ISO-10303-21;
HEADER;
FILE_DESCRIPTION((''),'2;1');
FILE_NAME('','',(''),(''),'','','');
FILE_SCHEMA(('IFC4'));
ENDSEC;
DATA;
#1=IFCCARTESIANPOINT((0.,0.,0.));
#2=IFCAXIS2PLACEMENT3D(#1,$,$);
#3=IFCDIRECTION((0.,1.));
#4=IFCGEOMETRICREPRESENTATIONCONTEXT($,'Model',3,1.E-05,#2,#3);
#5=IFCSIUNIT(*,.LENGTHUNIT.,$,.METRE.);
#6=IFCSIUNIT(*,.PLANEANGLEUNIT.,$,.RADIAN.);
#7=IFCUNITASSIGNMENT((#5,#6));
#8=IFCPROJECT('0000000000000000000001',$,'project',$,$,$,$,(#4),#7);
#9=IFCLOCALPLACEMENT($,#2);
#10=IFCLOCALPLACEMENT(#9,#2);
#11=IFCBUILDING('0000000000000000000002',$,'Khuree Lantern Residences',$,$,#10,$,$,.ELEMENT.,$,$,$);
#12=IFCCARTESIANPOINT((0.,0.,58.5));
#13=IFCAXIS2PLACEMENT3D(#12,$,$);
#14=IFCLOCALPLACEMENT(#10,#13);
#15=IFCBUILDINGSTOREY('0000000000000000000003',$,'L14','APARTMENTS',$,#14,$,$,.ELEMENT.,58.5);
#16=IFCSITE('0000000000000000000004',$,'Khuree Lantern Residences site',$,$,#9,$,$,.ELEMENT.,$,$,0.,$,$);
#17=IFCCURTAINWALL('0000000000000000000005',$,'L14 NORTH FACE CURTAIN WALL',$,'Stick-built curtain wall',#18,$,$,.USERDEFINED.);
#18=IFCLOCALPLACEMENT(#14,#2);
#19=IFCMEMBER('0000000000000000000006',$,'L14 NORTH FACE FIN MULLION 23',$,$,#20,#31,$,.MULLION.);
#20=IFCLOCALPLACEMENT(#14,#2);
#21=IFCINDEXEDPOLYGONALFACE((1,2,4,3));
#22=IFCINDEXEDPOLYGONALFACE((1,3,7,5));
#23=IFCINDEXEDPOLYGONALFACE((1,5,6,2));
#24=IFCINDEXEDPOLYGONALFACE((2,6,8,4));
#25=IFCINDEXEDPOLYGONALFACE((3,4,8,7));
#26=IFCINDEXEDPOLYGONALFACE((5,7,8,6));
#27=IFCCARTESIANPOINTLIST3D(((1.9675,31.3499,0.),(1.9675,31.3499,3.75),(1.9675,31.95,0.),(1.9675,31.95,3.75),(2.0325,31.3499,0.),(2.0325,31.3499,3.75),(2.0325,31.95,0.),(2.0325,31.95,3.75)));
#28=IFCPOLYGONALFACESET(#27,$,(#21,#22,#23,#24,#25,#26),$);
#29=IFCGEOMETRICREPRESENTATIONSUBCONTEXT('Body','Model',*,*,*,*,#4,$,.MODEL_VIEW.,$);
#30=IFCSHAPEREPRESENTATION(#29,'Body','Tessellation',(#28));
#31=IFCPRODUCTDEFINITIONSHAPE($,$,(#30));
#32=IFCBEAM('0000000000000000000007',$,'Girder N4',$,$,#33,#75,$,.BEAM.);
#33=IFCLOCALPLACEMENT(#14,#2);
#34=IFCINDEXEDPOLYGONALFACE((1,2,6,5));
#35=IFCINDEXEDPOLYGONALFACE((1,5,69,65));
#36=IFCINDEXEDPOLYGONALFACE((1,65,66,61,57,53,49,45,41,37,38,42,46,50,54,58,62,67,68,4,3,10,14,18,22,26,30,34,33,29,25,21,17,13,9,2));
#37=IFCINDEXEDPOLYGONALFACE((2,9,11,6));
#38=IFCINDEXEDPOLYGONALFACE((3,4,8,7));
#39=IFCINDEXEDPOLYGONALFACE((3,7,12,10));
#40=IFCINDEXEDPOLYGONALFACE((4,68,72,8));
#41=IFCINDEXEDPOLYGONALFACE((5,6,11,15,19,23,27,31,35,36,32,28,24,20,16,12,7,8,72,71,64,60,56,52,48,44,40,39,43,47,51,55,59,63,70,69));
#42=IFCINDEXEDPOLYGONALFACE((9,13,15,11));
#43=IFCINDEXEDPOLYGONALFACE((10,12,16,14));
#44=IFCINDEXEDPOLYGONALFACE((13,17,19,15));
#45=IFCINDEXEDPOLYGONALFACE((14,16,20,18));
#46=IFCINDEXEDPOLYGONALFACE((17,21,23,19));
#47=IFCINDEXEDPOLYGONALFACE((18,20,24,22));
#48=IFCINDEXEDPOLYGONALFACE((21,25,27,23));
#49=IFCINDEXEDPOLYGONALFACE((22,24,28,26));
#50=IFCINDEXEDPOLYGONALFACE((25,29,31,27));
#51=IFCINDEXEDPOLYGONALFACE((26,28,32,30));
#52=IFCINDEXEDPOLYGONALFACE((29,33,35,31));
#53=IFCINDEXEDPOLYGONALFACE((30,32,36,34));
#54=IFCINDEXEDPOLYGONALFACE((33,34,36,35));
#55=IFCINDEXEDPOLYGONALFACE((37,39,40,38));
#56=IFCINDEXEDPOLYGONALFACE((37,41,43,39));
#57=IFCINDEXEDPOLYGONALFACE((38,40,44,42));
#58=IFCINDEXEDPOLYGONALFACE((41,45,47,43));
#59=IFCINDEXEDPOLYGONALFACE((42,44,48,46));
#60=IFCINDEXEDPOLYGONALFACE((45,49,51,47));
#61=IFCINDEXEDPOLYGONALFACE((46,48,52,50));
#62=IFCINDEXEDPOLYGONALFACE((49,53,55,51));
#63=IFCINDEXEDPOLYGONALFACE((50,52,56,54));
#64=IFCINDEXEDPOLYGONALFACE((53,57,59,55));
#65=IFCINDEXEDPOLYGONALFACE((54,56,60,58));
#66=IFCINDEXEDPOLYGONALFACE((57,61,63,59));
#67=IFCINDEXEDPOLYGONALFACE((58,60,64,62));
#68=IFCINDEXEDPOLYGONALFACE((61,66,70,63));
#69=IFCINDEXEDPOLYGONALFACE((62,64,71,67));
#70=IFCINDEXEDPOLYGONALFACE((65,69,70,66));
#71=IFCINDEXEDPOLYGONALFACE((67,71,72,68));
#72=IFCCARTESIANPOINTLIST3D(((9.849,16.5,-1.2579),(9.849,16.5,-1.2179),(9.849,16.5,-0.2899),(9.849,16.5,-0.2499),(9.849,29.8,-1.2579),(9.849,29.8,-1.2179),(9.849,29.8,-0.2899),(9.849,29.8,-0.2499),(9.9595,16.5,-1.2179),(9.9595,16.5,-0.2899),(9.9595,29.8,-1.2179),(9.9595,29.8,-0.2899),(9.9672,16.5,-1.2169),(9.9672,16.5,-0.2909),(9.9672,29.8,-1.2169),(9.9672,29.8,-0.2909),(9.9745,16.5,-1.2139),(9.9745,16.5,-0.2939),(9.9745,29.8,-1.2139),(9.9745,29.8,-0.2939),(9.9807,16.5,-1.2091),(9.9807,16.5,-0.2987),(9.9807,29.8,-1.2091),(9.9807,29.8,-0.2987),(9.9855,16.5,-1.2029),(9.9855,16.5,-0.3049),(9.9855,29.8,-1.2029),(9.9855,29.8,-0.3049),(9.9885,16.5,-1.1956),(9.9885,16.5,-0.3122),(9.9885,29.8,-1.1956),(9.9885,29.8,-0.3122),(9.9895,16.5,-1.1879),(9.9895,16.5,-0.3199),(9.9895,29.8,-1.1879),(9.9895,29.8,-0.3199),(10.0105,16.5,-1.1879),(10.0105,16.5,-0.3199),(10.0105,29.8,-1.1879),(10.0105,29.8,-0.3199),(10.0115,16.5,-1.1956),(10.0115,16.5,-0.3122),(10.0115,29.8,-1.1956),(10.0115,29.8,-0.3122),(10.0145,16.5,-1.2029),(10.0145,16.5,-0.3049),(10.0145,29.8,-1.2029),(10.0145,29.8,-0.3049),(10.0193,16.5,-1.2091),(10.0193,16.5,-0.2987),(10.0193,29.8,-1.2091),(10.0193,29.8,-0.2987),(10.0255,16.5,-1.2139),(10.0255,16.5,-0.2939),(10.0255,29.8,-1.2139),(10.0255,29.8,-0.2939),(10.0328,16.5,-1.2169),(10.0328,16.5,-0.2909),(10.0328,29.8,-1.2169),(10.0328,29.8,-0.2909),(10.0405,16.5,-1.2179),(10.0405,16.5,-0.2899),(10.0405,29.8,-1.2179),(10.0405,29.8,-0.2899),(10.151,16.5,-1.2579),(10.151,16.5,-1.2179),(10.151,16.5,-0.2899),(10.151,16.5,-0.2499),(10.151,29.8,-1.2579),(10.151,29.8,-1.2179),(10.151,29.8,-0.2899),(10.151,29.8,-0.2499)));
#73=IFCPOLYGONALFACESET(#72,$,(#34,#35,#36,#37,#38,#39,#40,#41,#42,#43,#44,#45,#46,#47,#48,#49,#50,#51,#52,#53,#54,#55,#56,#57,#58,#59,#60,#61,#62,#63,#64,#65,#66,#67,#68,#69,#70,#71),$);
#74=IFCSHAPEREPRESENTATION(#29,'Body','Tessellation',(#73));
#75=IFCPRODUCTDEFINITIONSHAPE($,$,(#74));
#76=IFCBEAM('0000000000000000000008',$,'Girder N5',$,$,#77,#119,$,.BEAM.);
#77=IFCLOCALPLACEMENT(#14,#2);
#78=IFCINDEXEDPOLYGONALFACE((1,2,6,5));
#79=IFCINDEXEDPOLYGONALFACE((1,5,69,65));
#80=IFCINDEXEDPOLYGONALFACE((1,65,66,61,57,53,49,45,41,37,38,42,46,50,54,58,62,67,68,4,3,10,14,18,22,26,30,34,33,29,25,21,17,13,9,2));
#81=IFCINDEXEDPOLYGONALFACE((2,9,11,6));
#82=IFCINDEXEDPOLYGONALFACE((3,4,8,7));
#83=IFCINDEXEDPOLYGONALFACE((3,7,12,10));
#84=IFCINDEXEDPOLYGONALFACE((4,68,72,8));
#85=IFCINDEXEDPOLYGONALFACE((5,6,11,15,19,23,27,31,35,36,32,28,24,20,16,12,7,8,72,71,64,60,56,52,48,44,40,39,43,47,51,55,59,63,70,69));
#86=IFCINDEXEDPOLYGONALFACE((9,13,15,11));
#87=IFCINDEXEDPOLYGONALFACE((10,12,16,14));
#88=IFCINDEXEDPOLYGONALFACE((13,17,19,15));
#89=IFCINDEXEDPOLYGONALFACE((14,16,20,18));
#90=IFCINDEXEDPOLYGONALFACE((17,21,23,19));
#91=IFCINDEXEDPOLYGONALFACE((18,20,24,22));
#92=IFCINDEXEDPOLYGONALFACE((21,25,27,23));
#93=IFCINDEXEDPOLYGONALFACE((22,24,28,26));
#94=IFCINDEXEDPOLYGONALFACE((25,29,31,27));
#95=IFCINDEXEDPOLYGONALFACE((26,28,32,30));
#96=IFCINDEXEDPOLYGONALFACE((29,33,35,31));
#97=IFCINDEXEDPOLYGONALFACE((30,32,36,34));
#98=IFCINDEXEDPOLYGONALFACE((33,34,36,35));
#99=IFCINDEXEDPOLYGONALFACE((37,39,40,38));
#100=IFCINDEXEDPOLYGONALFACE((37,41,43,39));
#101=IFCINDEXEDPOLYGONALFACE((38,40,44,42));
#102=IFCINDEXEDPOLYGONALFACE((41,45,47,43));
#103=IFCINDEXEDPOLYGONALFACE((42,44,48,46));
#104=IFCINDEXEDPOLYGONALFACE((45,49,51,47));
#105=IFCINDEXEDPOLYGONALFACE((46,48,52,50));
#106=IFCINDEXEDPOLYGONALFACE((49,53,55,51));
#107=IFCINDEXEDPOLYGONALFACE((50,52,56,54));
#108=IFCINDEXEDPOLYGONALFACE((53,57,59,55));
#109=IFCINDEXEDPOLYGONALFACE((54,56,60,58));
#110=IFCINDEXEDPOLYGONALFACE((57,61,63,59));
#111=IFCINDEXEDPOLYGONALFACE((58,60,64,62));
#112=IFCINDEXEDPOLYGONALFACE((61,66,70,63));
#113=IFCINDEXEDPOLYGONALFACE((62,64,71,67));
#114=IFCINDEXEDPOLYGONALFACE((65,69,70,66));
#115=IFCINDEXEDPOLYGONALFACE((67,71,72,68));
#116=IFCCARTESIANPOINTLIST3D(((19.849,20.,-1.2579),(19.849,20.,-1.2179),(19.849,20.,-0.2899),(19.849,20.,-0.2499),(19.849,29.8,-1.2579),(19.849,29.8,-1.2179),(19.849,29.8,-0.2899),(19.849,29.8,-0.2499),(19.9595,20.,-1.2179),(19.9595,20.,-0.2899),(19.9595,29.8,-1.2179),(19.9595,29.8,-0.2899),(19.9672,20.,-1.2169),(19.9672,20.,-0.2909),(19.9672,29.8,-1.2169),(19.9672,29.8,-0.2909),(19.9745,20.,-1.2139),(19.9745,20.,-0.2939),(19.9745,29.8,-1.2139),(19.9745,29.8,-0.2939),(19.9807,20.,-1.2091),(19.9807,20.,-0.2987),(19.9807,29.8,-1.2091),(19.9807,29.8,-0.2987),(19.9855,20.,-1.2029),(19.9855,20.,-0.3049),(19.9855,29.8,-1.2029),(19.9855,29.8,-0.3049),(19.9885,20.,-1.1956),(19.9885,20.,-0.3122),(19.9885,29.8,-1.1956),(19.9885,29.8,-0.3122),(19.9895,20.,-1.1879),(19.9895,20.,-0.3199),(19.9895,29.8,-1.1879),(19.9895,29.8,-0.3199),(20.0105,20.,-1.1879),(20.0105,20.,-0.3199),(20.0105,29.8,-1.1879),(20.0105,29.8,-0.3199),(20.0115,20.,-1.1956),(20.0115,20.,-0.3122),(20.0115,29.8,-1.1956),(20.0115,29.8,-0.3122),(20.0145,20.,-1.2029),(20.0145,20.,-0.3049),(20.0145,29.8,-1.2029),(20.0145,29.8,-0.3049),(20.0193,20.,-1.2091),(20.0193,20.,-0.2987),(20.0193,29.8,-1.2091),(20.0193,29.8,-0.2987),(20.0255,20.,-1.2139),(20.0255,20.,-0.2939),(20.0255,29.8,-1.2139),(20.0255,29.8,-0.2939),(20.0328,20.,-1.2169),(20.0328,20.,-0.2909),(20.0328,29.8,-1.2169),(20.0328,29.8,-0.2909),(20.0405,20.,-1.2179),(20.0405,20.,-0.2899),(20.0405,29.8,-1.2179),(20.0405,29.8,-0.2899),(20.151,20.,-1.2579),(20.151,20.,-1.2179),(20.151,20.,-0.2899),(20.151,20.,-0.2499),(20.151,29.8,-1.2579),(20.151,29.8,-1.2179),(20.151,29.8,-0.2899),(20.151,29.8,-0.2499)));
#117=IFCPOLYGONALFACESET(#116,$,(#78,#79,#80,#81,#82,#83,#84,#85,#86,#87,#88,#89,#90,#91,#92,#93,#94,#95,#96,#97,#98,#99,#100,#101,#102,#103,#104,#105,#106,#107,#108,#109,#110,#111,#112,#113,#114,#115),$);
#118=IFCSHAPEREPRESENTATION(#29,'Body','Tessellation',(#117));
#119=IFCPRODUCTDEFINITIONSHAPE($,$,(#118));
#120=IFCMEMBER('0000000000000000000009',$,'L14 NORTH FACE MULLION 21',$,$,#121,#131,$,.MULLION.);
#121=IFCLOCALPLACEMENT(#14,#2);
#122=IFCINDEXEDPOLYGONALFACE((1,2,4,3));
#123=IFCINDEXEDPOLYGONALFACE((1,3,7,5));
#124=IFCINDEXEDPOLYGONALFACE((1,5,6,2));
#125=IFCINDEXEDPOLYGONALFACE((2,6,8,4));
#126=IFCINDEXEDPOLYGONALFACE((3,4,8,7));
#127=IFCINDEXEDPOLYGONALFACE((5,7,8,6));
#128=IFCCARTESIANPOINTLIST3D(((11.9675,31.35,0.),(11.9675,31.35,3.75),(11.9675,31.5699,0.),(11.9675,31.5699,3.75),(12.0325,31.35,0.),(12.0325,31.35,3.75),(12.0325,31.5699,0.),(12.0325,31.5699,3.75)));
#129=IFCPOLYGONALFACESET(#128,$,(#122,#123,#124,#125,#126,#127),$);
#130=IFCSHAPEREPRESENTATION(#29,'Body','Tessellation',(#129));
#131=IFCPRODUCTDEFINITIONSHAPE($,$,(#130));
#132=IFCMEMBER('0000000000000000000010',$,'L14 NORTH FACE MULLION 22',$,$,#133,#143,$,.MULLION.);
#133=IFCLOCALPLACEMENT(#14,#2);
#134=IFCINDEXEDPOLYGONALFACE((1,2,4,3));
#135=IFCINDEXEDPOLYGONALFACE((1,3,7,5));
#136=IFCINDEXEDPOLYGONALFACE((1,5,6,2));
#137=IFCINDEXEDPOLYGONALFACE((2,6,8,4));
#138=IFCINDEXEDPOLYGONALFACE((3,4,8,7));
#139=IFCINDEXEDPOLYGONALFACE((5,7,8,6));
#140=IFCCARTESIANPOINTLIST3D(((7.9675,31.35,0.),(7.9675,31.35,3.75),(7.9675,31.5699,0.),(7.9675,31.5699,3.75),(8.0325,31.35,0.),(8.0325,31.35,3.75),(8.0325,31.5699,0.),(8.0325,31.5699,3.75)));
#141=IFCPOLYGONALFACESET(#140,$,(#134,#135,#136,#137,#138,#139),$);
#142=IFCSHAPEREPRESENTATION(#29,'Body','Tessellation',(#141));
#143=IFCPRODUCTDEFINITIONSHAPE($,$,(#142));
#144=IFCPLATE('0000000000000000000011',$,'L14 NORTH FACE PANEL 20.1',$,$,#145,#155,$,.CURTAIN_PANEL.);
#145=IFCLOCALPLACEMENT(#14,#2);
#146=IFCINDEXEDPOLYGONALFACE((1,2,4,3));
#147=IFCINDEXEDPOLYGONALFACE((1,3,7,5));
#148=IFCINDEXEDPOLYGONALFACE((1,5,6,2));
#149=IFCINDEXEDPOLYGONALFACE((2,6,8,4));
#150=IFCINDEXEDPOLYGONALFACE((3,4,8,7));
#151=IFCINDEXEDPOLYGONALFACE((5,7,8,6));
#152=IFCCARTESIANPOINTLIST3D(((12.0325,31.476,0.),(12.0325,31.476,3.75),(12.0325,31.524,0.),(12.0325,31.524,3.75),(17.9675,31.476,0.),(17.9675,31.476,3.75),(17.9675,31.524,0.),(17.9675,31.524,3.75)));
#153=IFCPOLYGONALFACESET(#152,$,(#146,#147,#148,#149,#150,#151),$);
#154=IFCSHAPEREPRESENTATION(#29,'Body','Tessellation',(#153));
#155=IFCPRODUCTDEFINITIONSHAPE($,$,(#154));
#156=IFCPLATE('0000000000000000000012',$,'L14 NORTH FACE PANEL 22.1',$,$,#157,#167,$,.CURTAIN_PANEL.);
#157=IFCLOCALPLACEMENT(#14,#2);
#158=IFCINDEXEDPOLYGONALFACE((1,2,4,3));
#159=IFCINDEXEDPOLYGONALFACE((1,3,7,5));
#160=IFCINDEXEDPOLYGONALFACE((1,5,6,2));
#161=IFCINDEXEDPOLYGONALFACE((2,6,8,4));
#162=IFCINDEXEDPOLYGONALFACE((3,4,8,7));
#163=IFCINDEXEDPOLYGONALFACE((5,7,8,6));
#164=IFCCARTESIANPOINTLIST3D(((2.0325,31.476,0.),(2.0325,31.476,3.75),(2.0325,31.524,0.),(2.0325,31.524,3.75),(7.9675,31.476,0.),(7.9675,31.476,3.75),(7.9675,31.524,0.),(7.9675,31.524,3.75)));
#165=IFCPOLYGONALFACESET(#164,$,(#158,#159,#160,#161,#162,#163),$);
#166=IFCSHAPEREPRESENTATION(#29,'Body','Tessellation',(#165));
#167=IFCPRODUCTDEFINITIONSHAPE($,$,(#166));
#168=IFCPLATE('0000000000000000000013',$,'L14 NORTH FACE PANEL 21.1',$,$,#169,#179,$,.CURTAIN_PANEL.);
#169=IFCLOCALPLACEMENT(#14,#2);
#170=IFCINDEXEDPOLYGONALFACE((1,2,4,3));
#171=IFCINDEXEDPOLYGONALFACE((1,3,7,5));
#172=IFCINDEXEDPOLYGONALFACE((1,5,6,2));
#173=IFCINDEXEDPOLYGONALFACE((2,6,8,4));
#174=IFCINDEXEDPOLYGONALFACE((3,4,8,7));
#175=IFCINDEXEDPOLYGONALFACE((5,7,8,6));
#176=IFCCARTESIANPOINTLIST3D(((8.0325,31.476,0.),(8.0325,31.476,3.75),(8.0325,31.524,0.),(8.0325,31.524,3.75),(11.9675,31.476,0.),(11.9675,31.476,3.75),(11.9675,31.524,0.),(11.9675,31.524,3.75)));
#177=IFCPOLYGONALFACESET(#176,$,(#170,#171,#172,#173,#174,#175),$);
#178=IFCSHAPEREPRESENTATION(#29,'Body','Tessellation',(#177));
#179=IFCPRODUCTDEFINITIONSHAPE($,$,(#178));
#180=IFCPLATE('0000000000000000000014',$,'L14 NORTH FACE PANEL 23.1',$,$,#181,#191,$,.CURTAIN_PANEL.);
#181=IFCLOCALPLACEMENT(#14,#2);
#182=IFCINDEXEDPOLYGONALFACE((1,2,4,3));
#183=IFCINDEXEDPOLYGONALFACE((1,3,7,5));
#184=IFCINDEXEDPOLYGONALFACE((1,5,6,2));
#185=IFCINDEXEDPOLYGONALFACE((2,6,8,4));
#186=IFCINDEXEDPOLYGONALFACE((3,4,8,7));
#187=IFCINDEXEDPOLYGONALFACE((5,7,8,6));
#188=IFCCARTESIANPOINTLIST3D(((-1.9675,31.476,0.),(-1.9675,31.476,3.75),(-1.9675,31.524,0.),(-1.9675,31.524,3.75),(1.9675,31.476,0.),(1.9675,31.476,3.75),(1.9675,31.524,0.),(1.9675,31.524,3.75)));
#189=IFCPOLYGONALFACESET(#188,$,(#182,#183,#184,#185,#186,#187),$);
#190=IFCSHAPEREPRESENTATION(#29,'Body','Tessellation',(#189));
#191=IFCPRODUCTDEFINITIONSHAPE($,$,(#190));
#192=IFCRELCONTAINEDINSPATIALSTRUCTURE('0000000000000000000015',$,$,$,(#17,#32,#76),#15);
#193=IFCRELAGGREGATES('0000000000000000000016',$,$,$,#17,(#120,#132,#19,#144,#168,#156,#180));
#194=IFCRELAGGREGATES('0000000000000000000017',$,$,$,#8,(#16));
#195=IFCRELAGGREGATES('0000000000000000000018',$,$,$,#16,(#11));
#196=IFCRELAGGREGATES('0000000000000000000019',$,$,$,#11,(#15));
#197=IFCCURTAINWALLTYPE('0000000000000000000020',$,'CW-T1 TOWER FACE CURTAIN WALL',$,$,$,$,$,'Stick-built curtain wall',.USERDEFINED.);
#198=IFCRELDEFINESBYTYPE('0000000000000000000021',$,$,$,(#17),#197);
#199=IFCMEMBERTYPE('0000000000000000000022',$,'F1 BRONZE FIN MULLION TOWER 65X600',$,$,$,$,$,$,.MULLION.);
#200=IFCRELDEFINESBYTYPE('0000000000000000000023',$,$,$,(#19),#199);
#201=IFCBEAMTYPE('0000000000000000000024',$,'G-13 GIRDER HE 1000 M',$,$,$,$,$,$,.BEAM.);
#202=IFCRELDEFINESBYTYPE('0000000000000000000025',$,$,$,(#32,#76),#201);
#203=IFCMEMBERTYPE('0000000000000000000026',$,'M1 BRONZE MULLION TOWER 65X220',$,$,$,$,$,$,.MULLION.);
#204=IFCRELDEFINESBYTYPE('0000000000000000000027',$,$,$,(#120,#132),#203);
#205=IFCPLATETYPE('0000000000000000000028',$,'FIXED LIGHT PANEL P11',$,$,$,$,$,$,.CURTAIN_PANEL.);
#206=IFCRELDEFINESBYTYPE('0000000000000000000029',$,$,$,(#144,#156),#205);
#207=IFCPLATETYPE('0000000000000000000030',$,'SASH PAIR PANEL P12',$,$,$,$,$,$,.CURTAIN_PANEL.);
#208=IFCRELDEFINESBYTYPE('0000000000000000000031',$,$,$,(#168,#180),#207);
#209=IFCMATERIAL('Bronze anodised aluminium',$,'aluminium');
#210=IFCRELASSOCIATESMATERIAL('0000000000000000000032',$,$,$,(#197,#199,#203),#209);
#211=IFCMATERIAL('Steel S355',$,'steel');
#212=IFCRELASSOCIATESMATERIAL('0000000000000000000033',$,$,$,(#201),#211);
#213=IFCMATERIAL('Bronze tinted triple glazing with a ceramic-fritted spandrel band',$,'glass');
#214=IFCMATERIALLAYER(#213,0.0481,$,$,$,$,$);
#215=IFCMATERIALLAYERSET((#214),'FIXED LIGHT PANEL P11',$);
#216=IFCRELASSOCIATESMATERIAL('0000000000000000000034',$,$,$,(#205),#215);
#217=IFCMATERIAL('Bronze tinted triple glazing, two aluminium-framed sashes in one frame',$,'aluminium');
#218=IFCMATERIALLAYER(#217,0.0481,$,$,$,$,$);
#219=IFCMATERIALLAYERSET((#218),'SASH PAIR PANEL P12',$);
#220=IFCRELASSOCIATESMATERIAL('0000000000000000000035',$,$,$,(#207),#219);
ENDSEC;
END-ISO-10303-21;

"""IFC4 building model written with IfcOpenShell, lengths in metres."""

from ifc_helpers import new_model, si_unit, direction, frame, origin, origin_2d, place, context, subcontext, project, spatial, rectangle, i_section, extrude, material, layer, layer_set, material_profile, profile_set, type_object, element, aggregate, save


model = new_model("IFC4")

# Units and contexts
model_context = context("Model", 3, precision=1e-05, world=origin(), true_north=direction((0.0, 1.0)))
body_context = subcontext(model_context, "Body", "Model", "MODEL_VIEW")
ifc_project = project(units=[si_unit("LENGTHUNIT", "METRE"), si_unit("PLANEANGLEUNIT", "RADIAN")], contexts=[model_context])

# Site, building, storey
site_placement = place(None, origin())
site = spatial("IfcSite", under=ifc_project, at=site_placement, Name="Khuree Lantern Residences site", CompositionType="ELEMENT", RefElevation=0.0)
building_placement = place(site_placement, origin())
building = spatial("IfcBuilding", under=site, at=building_placement, Name="Khuree Lantern Residences", CompositionType="ELEMENT")
storey_placement = place(building_placement, frame((0.0, 0.0, 58.5)))
storey = spatial("IfcBuildingStorey", under=building, at=storey_placement, Name="L14", Description="APARTMENTS", CompositionType="ELEMENT", Elevation=58.5)

# Shared definitions
ifc_material_1 = material(Name="Steel S355", Category="steel")

# Curtain wall, member
ifc_material_2 = material(Name="Bronze anodised aluminium", Category="aluminium")
curtain_wall_type = type_object("IfcCurtainWallType", Name="CW-T1 TOWER FACE CURTAIN WALL", ElementType="Stick-built curtain wall", PredefinedType="USERDEFINED", material=ifc_material_2)
curtain_wall_placement = place(storey_placement, origin())
curtain_wall = element("IfcCurtainWall", 1, at=curtain_wall_placement, inside=storey, type_object=curtain_wall_type, Name="L14 NORTH FACE CURTAIN WALL", ObjectType="Stick-built curtain wall", PredefinedType="USERDEFINED")
ifc_material_profile_1 = material_profile(ifc_material_2, rectangle(XDim=0.0649, YDim=0.6001, at=origin_2d()), Name="F1 65X600")
ifc_profile_set_1 = profile_set([ifc_material_profile_1], Name="Bronze anodised aluminium")
member_type_1 = type_object("IfcMemberType", Name="F1 BRONZE FIN MULLION TOWER 65X600", PredefinedType="MULLION", material=ifc_profile_set_1)
member_1_placement = place(storey_placement, frame((2.0, 31.6499, 0.0), z_axis=(0.0, 0.0, 1.0), x_axis=(-1.0, 0.0, 0.0)))
member_1 = element("IfcMember", 2, at=member_1_placement, type_object=member_type_1, Name="L14 NORTH FACE FIN MULLION 23", PredefinedType="MULLION", context=body_context, shape_type="SweptSolid", body=[
    extrude(rectangle(XDim=0.0649, YDim=0.6001, at=origin_2d()), origin(), (0.0, 0.0, 1.0), 3.75),
])

# Beams
ifc_material_profile_2 = material_profile(ifc_material_1, i_section(OverallWidth=0.302, OverallDepth=1.0081, WebThickness=0.021, FlangeThickness=0.04, FilletRadius=0.03, at=origin_2d()), Name="HE 1000 M")
ifc_profile_set_2 = profile_set([ifc_material_profile_2], Name="Steel S355")
beam_type_1 = type_object("IfcBeamType", Name="G-13 GIRDER HE 1000 M", PredefinedType="BEAM", material=ifc_profile_set_2)
beam_1_placement = place(storey_placement, frame((10.0, 29.8, -0.7539), z_axis=(0.0, -1.0, 0.0), x_axis=(1.0, 0.0, 0.0)))
element("IfcBeam", 3, at=beam_1_placement, inside=storey, type_object=beam_type_1, Name="Girder N4", PredefinedType="BEAM", context=body_context, shape_type="SweptSolid", body=[
    extrude(i_section(OverallWidth=0.302, OverallDepth=1.0081, WebThickness=0.021, FlangeThickness=0.04, FilletRadius=0.03, at=origin_2d()), origin(), (0.0, 0.0, 1.0), 13.3),
])
beam_2_placement = place(storey_placement, frame((20.0, 29.8, -0.7539), z_axis=(0.0, -1.0, 0.0), x_axis=(1.0, 0.0, 0.0)))
element("IfcBeam", 4, at=beam_2_placement, inside=storey, type_object=beam_type_1, Name="Girder N5", PredefinedType="BEAM", context=body_context, shape_type="SweptSolid", body=[
    extrude(i_section(OverallWidth=0.302, OverallDepth=1.0081, WebThickness=0.021, FlangeThickness=0.04, FilletRadius=0.03, at=origin_2d()), origin(), (0.0, 0.0, 1.0), 9.8),
])

# Members
ifc_material_profile_3 = material_profile(ifc_material_2, rectangle(XDim=0.0649, YDim=0.22, at=origin_2d()), Name="M1 65X220")
ifc_profile_set_3 = profile_set([ifc_material_profile_3], Name="Bronze anodised aluminium")
member_type_2 = type_object("IfcMemberType", Name="M1 BRONZE MULLION TOWER 65X220", PredefinedType="MULLION", material=ifc_profile_set_3)
member_2_placement = place(storey_placement, frame((12.0, 31.46, 0.0), z_axis=(0.0, 0.0, 1.0), x_axis=(-1.0, 0.0, 0.0)))
member_2 = element("IfcMember", 5, at=member_2_placement, type_object=member_type_2, Name="L14 NORTH FACE MULLION 21", PredefinedType="MULLION", context=body_context, shape_type="SweptSolid", body=[
    extrude(rectangle(XDim=0.0649, YDim=0.22, at=origin_2d()), origin(), (0.0, 0.0, 1.0), 3.75),
])
member_3_placement = place(storey_placement, frame((8.0, 31.46, 0.0), z_axis=(0.0, 0.0, 1.0), x_axis=(-1.0, 0.0, 0.0)))
member_3 = element("IfcMember", 6, at=member_3_placement, type_object=member_type_2, Name="L14 NORTH FACE MULLION 22", PredefinedType="MULLION", context=body_context, shape_type="SweptSolid", body=[
    extrude(rectangle(XDim=0.0649, YDim=0.22, at=origin_2d()), origin(), (0.0, 0.0, 1.0), 3.75),
])

# Plates
ifc_material_3 = material(Name="Bronze tinted triple glazing with a ceramic-fritted spandrel band", Category="glass")
ifc_layer_1 = layer(ifc_material_3, 0.0481)
ifc_layer_set_1 = layer_set([ifc_layer_1], Name="FIXED LIGHT PANEL P11")
plate_type_1 = type_object("IfcPlateType", Name="FIXED LIGHT PANEL P11", PredefinedType="CURTAIN_PANEL", material=ifc_layer_set_1)
plate_1_placement = place(storey_placement, frame((15.0, 31.5, 0.0), z_axis=(0.0, 0.0, 1.0), x_axis=(-1.0, 0.0, 0.0)))
plate_1 = element("IfcPlate", 7, at=plate_1_placement, type_object=plate_type_1, Name="L14 NORTH FACE PANEL 20.1", PredefinedType="CURTAIN_PANEL", context=body_context, shape_type="SweptSolid", body=[
    extrude(rectangle(XDim=5.9351, YDim=0.0481, at=origin_2d()), origin(), (0.0, 0.0, 1.0), 3.75),
])
plate_2_placement = place(storey_placement, frame((5.0, 31.5, 0.0), z_axis=(0.0, 0.0, 1.0), x_axis=(-1.0, 0.0, 0.0)))
plate_2 = element("IfcPlate", 8, at=plate_2_placement, type_object=plate_type_1, Name="L14 NORTH FACE PANEL 22.1", PredefinedType="CURTAIN_PANEL", context=body_context, shape_type="SweptSolid", body=[
    extrude(rectangle(XDim=5.9351, YDim=0.0481, at=origin_2d()), origin(), (0.0, 0.0, 1.0), 3.75),
])
ifc_material_4 = material(Name="Bronze tinted triple glazing, two aluminium-framed sashes in one frame", Category="aluminium")
ifc_layer_2 = layer(ifc_material_4, 0.0481)
ifc_layer_set_2 = layer_set([ifc_layer_2], Name="SASH PAIR PANEL P12")
plate_type_2 = type_object("IfcPlateType", Name="SASH PAIR PANEL P12", PredefinedType="CURTAIN_PANEL", material=ifc_layer_set_2)
plate_3_placement = place(storey_placement, frame((10.0, 31.5, 0.0), z_axis=(0.0, 0.0, 1.0), x_axis=(-1.0, 0.0, 0.0)))
plate_3 = element("IfcPlate", 9, at=plate_3_placement, type_object=plate_type_2, Name="L14 NORTH FACE PANEL 21.1", PredefinedType="CURTAIN_PANEL", context=body_context, shape_type="SweptSolid", body=[
    extrude(rectangle(XDim=3.9351, YDim=0.0481, at=origin_2d()), origin(), (0.0, 0.0, 1.0), 3.75),
])
plate_4_placement = place(storey_placement, frame((0.0, 31.5, 0.0), z_axis=(0.0, 0.0, 1.0), x_axis=(-1.0, 0.0, 0.0)))
plate_4 = element("IfcPlate", 10, at=plate_4_placement, type_object=plate_type_2, Name="L14 NORTH FACE PANEL 23.1", PredefinedType="CURTAIN_PANEL", context=body_context, shape_type="SweptSolid", body=[
    extrude(rectangle(XDim=3.9351, YDim=0.0481, at=origin_2d()), origin(), (0.0, 0.0, 1.0), 3.75),
])
aggregate(curtain_wall, [member_2, member_3, member_1, plate_1, plate_3, plate_2, plate_4])

save(model, "model.ifc")
